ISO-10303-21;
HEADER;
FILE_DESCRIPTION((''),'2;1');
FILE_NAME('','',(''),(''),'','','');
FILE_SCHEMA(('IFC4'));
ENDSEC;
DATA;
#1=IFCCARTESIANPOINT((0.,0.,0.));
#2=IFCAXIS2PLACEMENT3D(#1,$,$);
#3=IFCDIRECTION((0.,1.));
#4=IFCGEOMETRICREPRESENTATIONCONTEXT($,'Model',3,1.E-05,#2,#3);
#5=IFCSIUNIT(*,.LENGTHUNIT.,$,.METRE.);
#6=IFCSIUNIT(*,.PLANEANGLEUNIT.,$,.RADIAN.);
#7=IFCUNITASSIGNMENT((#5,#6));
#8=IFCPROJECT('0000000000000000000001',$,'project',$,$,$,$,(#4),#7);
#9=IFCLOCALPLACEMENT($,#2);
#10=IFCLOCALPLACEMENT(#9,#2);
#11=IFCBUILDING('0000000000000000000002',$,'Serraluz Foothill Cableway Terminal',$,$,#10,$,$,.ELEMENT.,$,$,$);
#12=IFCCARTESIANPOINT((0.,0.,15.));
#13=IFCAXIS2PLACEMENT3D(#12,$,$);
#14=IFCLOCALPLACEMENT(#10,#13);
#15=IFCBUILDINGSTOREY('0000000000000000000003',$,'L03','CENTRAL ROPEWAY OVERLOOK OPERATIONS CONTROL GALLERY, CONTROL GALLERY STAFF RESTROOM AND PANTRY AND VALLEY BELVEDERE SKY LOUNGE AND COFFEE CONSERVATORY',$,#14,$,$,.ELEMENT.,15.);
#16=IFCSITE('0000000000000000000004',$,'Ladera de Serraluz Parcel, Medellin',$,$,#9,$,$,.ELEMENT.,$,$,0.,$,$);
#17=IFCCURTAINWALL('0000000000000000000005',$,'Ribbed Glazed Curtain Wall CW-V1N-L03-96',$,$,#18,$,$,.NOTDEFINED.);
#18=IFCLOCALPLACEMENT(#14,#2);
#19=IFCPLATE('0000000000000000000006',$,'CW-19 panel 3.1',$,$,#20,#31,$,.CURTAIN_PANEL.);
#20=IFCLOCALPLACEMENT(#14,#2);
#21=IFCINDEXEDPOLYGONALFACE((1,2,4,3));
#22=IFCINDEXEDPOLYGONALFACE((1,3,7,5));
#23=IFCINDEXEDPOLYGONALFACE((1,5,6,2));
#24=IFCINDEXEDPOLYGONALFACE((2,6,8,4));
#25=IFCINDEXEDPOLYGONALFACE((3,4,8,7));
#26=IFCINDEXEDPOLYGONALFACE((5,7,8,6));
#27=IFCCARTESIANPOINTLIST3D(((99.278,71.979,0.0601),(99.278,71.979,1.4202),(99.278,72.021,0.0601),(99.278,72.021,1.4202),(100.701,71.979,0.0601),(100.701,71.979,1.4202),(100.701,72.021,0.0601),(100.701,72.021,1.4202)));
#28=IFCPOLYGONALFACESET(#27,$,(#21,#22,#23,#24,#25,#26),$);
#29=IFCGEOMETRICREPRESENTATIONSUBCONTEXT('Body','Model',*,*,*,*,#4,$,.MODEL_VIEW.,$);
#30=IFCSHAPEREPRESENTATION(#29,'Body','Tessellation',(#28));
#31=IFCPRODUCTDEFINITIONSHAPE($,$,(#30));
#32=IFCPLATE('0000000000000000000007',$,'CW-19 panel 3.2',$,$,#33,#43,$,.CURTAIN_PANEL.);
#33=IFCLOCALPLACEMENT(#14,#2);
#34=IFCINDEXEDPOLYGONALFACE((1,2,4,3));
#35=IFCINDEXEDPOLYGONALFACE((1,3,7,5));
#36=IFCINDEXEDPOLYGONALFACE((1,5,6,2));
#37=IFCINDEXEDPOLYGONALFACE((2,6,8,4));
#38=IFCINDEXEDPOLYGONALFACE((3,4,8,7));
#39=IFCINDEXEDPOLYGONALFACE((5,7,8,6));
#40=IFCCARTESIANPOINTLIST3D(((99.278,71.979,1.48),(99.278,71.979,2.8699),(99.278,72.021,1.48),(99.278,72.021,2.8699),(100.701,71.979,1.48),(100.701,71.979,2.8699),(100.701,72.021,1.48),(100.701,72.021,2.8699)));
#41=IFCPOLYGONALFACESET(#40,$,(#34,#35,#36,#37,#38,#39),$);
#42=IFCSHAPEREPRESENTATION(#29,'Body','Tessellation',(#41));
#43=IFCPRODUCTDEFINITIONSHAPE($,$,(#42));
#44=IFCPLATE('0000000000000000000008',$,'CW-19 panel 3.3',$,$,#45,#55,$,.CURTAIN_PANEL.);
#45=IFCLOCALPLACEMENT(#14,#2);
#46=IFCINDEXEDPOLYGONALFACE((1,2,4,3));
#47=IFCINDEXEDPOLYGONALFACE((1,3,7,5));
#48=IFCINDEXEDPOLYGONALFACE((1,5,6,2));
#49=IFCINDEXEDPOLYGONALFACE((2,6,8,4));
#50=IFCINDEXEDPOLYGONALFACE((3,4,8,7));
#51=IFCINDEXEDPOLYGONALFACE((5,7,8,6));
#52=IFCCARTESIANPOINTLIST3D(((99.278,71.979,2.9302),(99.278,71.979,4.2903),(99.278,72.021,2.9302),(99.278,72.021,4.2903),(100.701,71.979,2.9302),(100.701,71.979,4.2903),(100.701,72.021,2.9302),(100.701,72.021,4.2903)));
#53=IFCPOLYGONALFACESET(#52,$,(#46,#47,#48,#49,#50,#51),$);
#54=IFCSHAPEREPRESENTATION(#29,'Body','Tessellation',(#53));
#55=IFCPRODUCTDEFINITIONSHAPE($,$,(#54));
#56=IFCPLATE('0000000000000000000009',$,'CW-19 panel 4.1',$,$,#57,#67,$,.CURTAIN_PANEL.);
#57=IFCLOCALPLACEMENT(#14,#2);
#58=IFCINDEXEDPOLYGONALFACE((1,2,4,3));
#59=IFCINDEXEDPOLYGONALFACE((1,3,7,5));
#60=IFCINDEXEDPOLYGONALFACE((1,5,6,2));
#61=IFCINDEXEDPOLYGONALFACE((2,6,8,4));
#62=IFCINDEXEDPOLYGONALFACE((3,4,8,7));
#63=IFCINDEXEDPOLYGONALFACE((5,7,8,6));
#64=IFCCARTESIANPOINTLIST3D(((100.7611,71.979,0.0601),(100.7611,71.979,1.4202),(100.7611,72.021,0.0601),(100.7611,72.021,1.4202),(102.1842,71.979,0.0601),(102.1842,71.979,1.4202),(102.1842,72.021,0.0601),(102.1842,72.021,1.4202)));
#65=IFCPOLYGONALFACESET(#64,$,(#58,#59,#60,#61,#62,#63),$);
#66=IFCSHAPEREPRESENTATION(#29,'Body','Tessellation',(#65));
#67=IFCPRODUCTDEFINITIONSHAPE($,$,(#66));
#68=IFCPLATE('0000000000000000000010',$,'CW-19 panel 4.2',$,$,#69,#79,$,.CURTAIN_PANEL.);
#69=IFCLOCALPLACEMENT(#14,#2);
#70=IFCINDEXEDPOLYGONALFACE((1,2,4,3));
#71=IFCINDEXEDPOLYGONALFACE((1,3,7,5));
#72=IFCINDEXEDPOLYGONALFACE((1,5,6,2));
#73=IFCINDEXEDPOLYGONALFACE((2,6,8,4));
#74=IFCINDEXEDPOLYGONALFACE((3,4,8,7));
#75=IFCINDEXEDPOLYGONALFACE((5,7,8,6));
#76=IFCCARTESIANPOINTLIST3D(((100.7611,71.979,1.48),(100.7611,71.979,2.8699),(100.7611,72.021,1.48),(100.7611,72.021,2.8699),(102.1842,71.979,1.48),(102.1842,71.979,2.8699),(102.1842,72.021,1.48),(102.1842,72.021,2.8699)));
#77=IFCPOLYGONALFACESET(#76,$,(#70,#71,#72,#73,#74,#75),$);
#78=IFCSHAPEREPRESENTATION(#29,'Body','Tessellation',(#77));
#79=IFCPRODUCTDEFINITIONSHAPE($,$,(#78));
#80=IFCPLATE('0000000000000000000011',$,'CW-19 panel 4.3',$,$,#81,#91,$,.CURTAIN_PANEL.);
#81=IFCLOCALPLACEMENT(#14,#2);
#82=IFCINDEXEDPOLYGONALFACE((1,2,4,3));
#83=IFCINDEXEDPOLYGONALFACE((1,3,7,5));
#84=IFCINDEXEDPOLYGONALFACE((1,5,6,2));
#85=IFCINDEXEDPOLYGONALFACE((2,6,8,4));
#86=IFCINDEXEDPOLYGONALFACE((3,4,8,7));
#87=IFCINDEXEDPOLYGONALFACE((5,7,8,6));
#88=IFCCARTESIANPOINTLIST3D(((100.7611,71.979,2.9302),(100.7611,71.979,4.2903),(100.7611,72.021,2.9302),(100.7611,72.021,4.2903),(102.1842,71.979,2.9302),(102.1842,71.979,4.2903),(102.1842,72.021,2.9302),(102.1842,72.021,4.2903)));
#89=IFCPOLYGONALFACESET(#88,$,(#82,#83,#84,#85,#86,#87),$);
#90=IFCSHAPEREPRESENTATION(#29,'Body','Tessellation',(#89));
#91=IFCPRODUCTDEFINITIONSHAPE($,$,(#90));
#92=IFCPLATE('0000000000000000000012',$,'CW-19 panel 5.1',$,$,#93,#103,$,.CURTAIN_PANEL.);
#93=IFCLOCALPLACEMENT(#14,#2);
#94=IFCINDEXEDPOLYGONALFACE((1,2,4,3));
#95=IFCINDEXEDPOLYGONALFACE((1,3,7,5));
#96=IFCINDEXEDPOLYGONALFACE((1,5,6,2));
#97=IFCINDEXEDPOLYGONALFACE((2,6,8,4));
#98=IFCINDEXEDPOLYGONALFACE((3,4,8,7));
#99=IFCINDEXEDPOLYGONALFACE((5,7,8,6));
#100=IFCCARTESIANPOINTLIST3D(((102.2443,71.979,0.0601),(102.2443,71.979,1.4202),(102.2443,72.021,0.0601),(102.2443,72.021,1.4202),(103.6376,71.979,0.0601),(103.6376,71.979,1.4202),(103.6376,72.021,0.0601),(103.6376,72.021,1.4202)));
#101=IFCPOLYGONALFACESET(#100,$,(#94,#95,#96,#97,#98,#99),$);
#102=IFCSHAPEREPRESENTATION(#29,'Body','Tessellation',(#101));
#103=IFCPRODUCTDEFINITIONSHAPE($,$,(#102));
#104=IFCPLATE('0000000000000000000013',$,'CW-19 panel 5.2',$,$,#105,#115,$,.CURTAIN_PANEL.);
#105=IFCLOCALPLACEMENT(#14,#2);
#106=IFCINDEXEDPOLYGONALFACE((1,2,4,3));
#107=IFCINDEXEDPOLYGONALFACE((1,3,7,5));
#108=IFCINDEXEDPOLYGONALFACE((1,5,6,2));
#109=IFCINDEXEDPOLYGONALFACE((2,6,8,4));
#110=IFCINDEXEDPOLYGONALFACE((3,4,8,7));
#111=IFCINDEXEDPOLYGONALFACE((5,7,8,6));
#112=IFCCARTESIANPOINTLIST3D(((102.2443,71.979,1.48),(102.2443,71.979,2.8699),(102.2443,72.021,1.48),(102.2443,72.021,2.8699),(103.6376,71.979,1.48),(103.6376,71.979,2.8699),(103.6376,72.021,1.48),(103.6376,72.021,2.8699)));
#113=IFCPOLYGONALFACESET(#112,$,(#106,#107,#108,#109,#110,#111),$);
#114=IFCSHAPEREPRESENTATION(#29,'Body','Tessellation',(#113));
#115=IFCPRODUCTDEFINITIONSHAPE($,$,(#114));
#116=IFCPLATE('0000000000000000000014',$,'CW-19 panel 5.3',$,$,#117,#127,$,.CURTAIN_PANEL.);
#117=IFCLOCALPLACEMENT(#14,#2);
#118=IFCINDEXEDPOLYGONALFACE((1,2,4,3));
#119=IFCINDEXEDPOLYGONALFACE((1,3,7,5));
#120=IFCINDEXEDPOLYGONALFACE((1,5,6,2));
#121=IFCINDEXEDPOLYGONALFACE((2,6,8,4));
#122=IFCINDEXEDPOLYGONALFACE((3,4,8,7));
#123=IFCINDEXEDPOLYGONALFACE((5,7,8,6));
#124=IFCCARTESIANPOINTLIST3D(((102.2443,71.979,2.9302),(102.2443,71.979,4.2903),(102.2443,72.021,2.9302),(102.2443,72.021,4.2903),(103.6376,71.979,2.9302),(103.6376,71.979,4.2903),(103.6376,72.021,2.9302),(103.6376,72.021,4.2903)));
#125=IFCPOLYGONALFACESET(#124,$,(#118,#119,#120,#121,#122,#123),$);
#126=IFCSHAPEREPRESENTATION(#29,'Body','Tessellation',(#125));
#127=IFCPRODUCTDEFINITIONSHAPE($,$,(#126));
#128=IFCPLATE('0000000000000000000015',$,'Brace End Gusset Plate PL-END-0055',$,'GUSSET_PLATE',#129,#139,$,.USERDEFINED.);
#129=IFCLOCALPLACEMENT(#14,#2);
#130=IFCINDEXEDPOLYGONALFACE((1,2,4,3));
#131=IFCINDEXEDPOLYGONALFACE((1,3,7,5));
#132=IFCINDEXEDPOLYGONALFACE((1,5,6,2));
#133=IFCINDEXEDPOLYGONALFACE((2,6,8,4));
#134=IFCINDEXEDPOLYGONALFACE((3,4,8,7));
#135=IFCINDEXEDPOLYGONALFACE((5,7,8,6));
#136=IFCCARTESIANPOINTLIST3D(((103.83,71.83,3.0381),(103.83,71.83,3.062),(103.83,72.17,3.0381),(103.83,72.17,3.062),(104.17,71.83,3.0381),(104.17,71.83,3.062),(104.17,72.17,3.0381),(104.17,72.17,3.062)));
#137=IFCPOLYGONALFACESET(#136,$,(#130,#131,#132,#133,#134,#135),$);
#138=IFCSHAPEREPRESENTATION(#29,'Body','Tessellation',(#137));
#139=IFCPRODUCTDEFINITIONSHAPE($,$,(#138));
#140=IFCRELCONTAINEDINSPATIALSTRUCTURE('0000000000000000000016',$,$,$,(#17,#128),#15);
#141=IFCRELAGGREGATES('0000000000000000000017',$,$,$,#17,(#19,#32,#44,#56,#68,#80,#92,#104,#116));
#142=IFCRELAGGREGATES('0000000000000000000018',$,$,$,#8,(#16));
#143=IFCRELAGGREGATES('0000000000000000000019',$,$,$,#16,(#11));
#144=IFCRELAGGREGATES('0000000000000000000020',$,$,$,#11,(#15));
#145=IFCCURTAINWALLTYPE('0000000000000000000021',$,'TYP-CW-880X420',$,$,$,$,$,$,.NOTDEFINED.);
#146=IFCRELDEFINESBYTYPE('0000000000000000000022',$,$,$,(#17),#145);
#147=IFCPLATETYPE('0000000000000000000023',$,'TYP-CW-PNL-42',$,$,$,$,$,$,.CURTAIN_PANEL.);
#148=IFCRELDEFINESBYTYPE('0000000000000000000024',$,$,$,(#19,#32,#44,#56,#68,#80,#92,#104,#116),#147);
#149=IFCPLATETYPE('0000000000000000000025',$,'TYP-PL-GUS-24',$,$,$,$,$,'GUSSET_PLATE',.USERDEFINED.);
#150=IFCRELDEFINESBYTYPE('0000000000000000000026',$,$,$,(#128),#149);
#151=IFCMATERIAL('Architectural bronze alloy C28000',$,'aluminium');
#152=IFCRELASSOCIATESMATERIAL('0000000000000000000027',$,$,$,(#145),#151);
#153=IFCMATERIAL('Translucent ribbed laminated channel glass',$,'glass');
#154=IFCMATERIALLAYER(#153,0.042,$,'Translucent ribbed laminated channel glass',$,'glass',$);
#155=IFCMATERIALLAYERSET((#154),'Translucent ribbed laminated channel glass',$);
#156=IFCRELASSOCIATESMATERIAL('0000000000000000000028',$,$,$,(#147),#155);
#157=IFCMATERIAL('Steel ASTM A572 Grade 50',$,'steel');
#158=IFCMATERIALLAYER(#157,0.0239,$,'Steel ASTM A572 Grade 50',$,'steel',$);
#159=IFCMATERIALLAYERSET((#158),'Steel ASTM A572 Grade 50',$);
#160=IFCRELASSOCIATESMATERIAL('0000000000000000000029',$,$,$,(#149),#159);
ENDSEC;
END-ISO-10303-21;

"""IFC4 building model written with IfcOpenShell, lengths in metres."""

from ifc_helpers import new_model, si_unit, direction, frame, origin, origin_2d, place, context, subcontext, project, spatial, rectangle, extrude, material, layer, layer_set, type_object, element, aggregate, save


model = new_model("IFC4")

# Units and contexts
model_context = context("Model", 3, precision=1e-05, world=origin(), true_north=direction((0.0, 1.0)))
body_context = subcontext(model_context, "Body", "Model", "MODEL_VIEW")
ifc_project = project(units=[si_unit("LENGTHUNIT", "METRE"), si_unit("PLANEANGLEUNIT", "RADIAN")], contexts=[model_context])

# Site, building, storey
site_placement = place(None, origin())
site = spatial("IfcSite", under=ifc_project, at=site_placement, Name="Ladera de Serraluz Parcel, Medellin", CompositionType="ELEMENT", RefElevation=0.0)
building_placement = place(site_placement, origin())
building = spatial("IfcBuilding", under=site, at=building_placement, Name="Serraluz Foothill Cableway Terminal", CompositionType="ELEMENT")
storey_placement = place(building_placement, frame((0.0, 0.0, 15.0)))
storey = spatial("IfcBuildingStorey", under=building, at=storey_placement, Name="L03", Description="CENTRAL ROPEWAY OVERLOOK OPERATIONS CONTROL GALLERY, CONTROL GALLERY STAFF RESTROOM AND PANTRY AND VALLEY BELVEDERE SKY LOUNGE AND COFFEE CONSERVATORY", CompositionType="ELEMENT", Elevation=15.0)

# Curtain wall
ifc_material_1 = material(Name="Architectural bronze alloy C28000", Category="aluminium")
curtain_wall_type_1 = type_object("IfcCurtainWallType", Name="TYP-CW-880X420", PredefinedType="NOTDEFINED", material=ifc_material_1)
curtain_wall_1_placement = place(storey_placement, origin())
curtain_wall_1 = element("IfcCurtainWall", 1, at=curtain_wall_1_placement, inside=storey, type_object=curtain_wall_type_1, Name="Ribbed Glazed Curtain Wall CW-V1N-L03-96", PredefinedType="NOTDEFINED")

# Shared definitions
ifc_material_2 = material(Name="Steel ASTM A572 Grade 50", Category="steel")

# Plates
ifc_material_3 = material(Name="Translucent ribbed laminated channel glass", Category="glass")
ifc_layer_1 = layer(ifc_material_3, 0.042, Name="Translucent ribbed laminated channel glass", Category="glass")
ifc_layer_set_1 = layer_set([ifc_layer_1], Name="Translucent ribbed laminated channel glass")
plate_type_1 = type_object("IfcPlateType", Name="TYP-CW-PNL-42", PredefinedType="CURTAIN_PANEL", material=ifc_layer_set_1)
plate_1_placement = place(storey_placement, frame((99.9895, 72.0, 0.0601), z_axis=(0.0, 0.0, 1.0), x_axis=(1.0, 0.0, 0.0)))
plate_1 = element("IfcPlate", 2, at=plate_1_placement, type_object=plate_type_1, Name="CW-19 panel 3.1", PredefinedType="CURTAIN_PANEL", context=body_context, shape_type="SweptSolid", body=[
    extrude(rectangle(XDim=1.4231, YDim=0.042, at=origin_2d()), origin(), (0.0, 0.0, 1.0), 1.3601),
])
plate_2_placement = place(storey_placement, frame((99.9895, 72.0, 1.48), z_axis=(0.0, 0.0, 1.0), x_axis=(1.0, 0.0, 0.0)))
plate_2 = element("IfcPlate", 3, at=plate_2_placement, type_object=plate_type_1, Name="CW-19 panel 3.2", PredefinedType="CURTAIN_PANEL", context=body_context, shape_type="SweptSolid", body=[
    extrude(rectangle(XDim=1.4231, YDim=0.042, at=origin_2d()), origin(), (0.0, 0.0, 1.0), 1.3899),
])
plate_3_placement = place(storey_placement, frame((99.9895, 72.0, 2.9302), z_axis=(0.0, 0.0, 1.0), x_axis=(1.0, 0.0, 0.0)))
plate_3 = element("IfcPlate", 4, at=plate_3_placement, type_object=plate_type_1, Name="CW-19 panel 3.3", PredefinedType="CURTAIN_PANEL", context=body_context, shape_type="SweptSolid", body=[
    extrude(rectangle(XDim=1.4231, YDim=0.042, at=origin_2d()), origin(), (0.0, 0.0, 1.0), 1.3601),
])
plate_4_placement = place(storey_placement, frame((101.4727, 72.0, 0.0601), z_axis=(0.0, 0.0, 1.0), x_axis=(1.0, 0.0, 0.0)))
plate_4 = element("IfcPlate", 5, at=plate_4_placement, type_object=plate_type_1, Name="CW-19 panel 4.1", PredefinedType="CURTAIN_PANEL", context=body_context, shape_type="SweptSolid", body=[
    extrude(rectangle(XDim=1.4231, YDim=0.042, at=origin_2d()), origin(), (0.0, 0.0, 1.0), 1.3601),
])
plate_5_placement = place(storey_placement, frame((101.4727, 72.0, 1.48), z_axis=(0.0, 0.0, 1.0), x_axis=(1.0, 0.0, 0.0)))
plate_5 = element("IfcPlate", 6, at=plate_5_placement, type_object=plate_type_1, Name="CW-19 panel 4.2", PredefinedType="CURTAIN_PANEL", context=body_context, shape_type="SweptSolid", body=[
    extrude(rectangle(XDim=1.4231, YDim=0.042, at=origin_2d()), origin(), (0.0, 0.0, 1.0), 1.3899),
])
plate_6_placement = place(storey_placement, frame((101.4727, 72.0, 2.9302), z_axis=(0.0, 0.0, 1.0), x_axis=(1.0, 0.0, 0.0)))
plate_6 = element("IfcPlate", 7, at=plate_6_placement, type_object=plate_type_1, Name="CW-19 panel 4.3", PredefinedType="CURTAIN_PANEL", context=body_context, shape_type="SweptSolid", body=[
    extrude(rectangle(XDim=1.4231, YDim=0.042, at=origin_2d()), origin(), (0.0, 0.0, 1.0), 1.3601),
])
plate_7_placement = place(storey_placement, frame((102.9409, 72.0, 0.0601), z_axis=(0.0, 0.0, 1.0), x_axis=(1.0, 0.0, 0.0)))
plate_7 = element("IfcPlate", 8, at=plate_7_placement, type_object=plate_type_1, Name="CW-19 panel 5.1", PredefinedType="CURTAIN_PANEL", context=body_context, shape_type="SweptSolid", body=[
    extrude(rectangle(XDim=1.3933, YDim=0.042, at=origin_2d()), origin(), (0.0, 0.0, 1.0), 1.3601),
])
plate_8_placement = place(storey_placement, frame((102.9409, 72.0, 1.48), z_axis=(0.0, 0.0, 1.0), x_axis=(1.0, 0.0, 0.0)))
plate_8 = element("IfcPlate", 9, at=plate_8_placement, type_object=plate_type_1, Name="CW-19 panel 5.2", PredefinedType="CURTAIN_PANEL", context=body_context, shape_type="SweptSolid", body=[
    extrude(rectangle(XDim=1.3933, YDim=0.042, at=origin_2d()), origin(), (0.0, 0.0, 1.0), 1.3899),
])
plate_9_placement = place(storey_placement, frame((102.9409, 72.0, 2.9302), z_axis=(0.0, 0.0, 1.0), x_axis=(1.0, 0.0, 0.0)))
plate_9 = element("IfcPlate", 10, at=plate_9_placement, type_object=plate_type_1, Name="CW-19 panel 5.3", PredefinedType="CURTAIN_PANEL", context=body_context, shape_type="SweptSolid", body=[
    extrude(rectangle(XDim=1.3933, YDim=0.042, at=origin_2d()), origin(), (0.0, 0.0, 1.0), 1.3601),
])
aggregate(curtain_wall_1, [plate_1, plate_2, plate_3, plate_4, plate_5, plate_6, plate_7, plate_8, plate_9])
ifc_layer_2 = layer(ifc_material_2, 0.0239, Name="Steel ASTM A572 Grade 50", Category="steel")
ifc_layer_set_2 = layer_set([ifc_layer_2], Name="Steel ASTM A572 Grade 50")
plate_type_2 = type_object("IfcPlateType", Name="TYP-PL-GUS-24", ElementType="GUSSET_PLATE", PredefinedType="USERDEFINED", material=ifc_layer_set_2)
plate_10_placement = place(storey_placement, frame((104.0, 72.0, 3.0381), z_axis=(0.0, 0.0, 1.0), x_axis=(1.0, 0.0, 0.0)))
element("IfcPlate", 11, at=plate_10_placement, inside=storey, type_object=plate_type_2, Name="Brace End Gusset Plate PL-END-0055", ObjectType="GUSSET_PLATE", PredefinedType="USERDEFINED", context=body_context, shape_type="SweptSolid", body=[
    extrude(rectangle(XDim=0.3401, YDim=0.3401, at=origin_2d()), origin(), (0.0, 0.0, 1.0), 0.0239),
])

save(model, "model.ifc")
